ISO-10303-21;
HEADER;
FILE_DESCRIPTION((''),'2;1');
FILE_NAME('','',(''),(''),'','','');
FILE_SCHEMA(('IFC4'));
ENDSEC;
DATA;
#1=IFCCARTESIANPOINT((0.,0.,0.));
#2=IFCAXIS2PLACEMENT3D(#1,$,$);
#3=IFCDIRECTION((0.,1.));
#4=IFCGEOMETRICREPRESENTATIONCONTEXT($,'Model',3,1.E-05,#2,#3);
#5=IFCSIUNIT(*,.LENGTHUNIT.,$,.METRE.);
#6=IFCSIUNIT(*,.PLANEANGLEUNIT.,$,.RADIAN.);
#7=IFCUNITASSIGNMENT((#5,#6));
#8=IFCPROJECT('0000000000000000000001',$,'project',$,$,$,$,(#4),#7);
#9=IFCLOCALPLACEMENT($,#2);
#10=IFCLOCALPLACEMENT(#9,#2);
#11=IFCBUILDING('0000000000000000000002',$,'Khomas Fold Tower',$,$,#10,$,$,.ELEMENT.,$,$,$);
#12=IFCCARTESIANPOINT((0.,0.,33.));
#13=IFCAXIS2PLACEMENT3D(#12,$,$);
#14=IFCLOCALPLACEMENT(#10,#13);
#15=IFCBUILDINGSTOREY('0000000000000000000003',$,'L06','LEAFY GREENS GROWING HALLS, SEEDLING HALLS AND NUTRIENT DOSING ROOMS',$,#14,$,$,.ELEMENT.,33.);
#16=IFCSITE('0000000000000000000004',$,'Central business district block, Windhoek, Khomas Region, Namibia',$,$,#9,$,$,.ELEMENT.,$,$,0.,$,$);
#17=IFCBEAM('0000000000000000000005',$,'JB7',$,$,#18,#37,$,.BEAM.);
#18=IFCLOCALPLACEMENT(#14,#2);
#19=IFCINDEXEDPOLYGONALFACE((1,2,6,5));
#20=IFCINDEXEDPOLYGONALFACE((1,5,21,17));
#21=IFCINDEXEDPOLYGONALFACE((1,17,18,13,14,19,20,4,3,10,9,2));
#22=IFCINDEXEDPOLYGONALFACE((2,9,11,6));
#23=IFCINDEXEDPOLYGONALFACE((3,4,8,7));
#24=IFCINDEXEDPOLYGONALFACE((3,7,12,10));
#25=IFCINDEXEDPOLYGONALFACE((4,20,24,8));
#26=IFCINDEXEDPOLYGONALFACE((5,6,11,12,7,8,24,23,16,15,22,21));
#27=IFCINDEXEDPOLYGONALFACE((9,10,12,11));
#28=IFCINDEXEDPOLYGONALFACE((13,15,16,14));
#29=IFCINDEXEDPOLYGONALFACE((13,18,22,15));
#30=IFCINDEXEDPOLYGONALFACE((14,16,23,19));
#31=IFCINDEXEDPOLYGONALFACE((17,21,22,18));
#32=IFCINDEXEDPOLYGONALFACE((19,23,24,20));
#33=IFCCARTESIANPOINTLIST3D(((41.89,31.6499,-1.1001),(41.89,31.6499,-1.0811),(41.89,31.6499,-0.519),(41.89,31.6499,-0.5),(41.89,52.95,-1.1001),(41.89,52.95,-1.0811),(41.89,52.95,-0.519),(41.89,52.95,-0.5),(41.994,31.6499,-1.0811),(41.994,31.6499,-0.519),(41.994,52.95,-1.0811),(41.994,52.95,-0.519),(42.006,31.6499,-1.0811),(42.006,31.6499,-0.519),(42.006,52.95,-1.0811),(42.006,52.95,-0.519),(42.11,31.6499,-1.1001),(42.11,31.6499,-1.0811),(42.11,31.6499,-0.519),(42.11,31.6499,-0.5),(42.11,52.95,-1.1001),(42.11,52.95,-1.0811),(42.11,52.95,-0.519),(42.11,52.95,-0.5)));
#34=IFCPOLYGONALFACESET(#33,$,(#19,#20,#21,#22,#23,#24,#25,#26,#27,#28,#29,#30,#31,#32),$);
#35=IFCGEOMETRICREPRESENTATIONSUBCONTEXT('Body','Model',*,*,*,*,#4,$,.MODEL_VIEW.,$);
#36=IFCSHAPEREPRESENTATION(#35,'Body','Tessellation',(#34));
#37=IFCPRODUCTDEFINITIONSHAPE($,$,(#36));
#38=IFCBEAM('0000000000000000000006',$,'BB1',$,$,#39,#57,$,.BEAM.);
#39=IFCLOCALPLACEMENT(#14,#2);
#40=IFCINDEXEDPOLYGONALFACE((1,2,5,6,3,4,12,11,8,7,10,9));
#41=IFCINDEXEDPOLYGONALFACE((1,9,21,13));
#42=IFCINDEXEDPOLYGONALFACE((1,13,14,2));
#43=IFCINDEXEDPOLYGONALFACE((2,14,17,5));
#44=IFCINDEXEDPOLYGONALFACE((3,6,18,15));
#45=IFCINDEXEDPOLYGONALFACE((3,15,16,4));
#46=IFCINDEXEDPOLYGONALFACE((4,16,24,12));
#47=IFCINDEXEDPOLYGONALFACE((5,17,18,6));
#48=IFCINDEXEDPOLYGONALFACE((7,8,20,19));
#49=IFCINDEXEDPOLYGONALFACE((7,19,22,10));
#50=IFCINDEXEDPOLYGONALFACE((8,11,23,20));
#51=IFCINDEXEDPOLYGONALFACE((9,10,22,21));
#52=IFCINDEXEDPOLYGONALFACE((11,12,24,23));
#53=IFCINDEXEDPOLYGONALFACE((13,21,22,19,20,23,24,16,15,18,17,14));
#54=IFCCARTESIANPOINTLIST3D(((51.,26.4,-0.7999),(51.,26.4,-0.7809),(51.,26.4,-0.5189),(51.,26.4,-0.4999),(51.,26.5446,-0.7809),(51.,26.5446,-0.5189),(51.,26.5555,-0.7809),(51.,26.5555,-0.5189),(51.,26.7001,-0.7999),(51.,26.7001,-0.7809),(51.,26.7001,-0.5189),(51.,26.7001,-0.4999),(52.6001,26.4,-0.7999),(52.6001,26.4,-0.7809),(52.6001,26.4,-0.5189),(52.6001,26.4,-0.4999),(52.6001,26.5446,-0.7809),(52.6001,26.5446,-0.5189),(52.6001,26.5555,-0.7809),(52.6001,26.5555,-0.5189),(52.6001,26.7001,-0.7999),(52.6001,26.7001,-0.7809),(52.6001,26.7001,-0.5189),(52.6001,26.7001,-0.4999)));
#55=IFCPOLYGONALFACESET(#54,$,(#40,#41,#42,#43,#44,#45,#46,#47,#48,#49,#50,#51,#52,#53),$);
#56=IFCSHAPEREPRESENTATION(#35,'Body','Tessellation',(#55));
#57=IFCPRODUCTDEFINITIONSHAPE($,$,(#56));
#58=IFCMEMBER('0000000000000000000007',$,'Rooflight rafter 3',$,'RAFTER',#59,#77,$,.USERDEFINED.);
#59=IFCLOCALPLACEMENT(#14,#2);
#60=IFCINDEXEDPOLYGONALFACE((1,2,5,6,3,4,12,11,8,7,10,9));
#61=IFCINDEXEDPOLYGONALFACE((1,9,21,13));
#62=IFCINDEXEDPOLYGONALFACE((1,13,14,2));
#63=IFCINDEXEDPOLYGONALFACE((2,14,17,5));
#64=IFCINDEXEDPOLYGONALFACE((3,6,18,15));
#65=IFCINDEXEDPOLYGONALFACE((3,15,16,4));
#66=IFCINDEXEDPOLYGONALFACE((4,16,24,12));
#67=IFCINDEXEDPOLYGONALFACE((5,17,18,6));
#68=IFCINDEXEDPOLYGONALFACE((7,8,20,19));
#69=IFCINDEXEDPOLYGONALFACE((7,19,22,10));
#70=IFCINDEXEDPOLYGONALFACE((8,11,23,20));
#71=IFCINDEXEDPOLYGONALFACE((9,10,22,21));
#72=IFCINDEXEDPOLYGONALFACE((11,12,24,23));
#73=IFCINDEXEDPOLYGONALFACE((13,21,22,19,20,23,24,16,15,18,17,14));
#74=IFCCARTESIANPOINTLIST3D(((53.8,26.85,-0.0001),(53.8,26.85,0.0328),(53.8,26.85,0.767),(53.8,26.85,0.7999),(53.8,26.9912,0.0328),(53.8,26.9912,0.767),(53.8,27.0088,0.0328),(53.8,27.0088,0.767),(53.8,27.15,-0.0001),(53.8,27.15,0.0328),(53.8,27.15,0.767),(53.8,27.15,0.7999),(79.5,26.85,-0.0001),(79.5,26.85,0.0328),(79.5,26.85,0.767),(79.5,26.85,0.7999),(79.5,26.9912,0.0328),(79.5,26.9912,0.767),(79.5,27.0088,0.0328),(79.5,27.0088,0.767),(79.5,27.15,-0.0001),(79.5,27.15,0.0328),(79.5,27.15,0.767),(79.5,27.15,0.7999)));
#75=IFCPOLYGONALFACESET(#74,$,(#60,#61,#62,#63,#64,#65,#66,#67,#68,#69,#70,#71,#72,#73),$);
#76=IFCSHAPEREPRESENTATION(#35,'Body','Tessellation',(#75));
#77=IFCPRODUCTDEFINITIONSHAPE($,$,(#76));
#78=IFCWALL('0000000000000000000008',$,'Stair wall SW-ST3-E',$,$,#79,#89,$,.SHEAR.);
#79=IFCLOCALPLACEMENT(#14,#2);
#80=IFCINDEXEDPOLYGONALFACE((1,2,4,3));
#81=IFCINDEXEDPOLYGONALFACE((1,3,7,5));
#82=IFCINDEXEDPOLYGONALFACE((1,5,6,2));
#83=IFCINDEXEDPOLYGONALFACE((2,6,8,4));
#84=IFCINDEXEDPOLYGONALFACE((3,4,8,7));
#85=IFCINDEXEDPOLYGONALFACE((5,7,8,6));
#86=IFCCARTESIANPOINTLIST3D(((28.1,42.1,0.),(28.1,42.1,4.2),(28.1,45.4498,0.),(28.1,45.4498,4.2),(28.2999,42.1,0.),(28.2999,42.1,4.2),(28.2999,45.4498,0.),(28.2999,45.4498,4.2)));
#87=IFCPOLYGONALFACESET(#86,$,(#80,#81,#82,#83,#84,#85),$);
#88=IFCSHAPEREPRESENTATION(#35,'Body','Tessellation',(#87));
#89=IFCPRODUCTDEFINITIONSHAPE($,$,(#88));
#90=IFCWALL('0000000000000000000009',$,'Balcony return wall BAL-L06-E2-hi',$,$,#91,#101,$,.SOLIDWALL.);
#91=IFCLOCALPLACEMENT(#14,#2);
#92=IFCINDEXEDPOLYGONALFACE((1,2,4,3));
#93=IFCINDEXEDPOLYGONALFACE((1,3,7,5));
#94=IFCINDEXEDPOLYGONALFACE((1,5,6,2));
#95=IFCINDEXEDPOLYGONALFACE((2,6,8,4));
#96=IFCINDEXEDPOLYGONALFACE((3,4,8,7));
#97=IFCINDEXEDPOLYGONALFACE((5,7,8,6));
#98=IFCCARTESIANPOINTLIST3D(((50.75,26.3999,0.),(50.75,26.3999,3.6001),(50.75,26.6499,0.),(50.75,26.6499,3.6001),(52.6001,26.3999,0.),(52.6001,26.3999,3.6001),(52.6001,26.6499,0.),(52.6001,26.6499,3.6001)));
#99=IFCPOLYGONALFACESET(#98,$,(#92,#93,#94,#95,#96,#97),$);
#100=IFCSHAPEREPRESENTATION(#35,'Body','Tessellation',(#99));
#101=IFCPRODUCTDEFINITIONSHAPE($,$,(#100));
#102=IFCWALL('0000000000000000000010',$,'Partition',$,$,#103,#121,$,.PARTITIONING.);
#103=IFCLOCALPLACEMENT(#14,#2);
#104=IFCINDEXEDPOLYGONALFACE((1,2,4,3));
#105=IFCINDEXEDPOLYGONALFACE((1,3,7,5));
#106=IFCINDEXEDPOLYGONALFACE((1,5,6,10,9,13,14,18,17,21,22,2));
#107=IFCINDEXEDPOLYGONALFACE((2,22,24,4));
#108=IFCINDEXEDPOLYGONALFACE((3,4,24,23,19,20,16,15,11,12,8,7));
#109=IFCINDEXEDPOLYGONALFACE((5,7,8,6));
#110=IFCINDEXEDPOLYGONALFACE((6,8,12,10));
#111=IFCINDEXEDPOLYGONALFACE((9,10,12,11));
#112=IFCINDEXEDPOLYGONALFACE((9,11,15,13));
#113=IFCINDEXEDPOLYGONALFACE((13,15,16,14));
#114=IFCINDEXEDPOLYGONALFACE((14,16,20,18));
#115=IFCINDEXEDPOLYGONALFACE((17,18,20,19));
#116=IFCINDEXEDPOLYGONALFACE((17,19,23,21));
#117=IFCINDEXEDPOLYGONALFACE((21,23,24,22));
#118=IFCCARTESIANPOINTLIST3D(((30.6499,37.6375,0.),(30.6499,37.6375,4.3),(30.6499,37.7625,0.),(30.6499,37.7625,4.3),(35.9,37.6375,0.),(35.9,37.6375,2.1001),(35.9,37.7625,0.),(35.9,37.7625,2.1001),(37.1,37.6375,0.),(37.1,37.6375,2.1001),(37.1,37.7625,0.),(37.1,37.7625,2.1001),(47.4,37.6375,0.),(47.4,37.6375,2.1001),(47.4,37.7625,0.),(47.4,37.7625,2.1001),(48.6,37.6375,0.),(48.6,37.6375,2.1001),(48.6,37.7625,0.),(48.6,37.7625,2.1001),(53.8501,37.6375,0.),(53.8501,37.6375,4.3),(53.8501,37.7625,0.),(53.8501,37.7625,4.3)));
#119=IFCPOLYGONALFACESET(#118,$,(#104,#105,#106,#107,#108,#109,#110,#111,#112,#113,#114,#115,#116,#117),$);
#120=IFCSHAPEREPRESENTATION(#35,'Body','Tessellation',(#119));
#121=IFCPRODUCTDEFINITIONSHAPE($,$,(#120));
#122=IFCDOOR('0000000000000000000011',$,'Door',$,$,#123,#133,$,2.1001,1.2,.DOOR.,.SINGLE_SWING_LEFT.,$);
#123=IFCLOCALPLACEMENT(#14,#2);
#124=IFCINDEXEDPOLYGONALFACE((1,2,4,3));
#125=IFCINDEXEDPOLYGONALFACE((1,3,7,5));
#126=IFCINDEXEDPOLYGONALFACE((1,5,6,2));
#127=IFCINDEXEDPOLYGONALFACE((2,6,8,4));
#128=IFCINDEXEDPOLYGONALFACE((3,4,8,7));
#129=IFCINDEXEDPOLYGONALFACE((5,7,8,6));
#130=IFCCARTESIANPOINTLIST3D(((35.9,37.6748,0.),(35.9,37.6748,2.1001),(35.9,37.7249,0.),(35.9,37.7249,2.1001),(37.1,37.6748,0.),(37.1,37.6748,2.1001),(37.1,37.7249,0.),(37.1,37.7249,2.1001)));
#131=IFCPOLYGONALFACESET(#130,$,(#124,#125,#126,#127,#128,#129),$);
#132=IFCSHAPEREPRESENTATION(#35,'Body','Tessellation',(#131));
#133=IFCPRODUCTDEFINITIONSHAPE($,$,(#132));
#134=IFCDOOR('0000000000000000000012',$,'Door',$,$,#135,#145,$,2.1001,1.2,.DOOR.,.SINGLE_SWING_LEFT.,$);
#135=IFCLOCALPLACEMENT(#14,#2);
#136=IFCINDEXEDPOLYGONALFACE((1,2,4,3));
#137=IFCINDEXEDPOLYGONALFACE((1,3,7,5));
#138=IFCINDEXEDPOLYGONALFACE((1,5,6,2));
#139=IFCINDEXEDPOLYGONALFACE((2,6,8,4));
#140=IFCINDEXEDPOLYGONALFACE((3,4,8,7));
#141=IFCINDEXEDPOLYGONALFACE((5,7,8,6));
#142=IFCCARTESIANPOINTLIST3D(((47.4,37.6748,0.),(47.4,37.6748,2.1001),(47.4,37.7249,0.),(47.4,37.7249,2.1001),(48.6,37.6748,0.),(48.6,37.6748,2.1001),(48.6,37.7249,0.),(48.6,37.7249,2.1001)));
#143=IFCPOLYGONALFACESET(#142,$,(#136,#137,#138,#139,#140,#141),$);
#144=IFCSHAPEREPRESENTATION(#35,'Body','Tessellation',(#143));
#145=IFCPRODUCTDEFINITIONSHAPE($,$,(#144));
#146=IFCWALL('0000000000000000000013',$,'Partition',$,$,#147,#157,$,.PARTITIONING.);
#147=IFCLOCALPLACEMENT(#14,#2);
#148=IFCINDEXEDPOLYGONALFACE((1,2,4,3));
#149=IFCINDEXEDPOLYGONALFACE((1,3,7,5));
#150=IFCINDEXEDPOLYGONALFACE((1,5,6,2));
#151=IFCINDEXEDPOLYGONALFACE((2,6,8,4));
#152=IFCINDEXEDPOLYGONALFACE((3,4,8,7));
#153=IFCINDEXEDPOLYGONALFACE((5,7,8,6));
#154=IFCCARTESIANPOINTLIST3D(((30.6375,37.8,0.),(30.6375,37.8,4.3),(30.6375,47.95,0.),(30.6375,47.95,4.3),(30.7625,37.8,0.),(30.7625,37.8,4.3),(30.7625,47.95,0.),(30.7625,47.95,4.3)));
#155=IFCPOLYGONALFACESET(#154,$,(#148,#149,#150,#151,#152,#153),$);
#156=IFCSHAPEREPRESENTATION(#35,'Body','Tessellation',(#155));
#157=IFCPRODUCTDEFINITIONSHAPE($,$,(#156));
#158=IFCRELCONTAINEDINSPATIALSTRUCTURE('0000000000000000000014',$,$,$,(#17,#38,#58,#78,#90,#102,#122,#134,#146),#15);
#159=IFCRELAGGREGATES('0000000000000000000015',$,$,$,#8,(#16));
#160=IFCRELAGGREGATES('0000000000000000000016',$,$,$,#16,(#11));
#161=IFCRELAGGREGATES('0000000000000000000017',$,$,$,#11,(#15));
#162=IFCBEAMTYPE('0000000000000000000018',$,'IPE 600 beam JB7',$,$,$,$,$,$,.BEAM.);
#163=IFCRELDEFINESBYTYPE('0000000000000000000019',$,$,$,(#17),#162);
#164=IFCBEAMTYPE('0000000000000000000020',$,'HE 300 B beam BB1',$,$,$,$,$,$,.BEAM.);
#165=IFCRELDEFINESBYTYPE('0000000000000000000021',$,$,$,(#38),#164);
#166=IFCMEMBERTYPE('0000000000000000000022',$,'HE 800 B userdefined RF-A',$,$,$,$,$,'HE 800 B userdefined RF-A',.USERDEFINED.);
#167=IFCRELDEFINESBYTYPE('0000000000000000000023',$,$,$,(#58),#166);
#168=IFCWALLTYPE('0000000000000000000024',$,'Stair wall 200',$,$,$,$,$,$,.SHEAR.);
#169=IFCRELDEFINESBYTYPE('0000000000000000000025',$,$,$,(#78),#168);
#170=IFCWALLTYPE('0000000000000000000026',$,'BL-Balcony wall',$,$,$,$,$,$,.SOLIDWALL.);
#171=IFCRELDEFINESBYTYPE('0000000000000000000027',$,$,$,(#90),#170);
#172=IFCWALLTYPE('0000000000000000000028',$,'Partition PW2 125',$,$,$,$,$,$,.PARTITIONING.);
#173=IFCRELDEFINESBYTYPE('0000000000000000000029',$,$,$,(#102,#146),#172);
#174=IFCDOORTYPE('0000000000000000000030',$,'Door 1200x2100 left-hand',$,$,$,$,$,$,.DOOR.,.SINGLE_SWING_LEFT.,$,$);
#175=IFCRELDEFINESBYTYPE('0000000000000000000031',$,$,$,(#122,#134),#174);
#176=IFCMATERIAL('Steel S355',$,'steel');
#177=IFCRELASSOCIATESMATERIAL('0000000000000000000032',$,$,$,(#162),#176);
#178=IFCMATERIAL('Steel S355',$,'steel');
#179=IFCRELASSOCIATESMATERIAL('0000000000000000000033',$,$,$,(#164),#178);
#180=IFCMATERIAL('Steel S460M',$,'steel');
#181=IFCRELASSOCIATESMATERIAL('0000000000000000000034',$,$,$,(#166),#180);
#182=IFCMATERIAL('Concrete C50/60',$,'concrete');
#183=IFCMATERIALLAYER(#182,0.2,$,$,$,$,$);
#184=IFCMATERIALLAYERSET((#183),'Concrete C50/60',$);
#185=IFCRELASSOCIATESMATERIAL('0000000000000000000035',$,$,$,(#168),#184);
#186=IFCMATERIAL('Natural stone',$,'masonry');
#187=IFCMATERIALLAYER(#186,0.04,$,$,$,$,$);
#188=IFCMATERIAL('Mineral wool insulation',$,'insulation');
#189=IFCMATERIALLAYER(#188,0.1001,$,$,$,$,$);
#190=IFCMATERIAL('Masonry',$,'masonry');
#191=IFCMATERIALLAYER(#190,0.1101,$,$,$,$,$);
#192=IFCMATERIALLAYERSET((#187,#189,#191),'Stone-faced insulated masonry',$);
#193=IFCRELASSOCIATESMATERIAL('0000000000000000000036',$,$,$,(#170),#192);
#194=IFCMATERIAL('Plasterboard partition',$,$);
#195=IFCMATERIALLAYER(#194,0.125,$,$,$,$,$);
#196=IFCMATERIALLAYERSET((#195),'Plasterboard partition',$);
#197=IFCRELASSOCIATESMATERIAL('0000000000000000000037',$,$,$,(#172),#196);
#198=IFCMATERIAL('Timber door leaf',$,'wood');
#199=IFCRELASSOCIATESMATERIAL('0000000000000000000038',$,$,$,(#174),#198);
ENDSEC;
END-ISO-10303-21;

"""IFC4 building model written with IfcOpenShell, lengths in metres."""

from ifc_helpers import new_model, si_unit, direction, frame, frame_2d, origin, origin_2d, place, context, subcontext, project, spatial, rectangle, i_section, extrude, source, transform, mapped, material, layer, layer_set, material_profile, profile_set, type_object, element, fill, save


model = new_model("IFC4")

# Units and contexts
model_context = context("Model", 3, precision=1e-05, world=origin(), true_north=direction((0.0, 1.0)))
body_context = subcontext(model_context, "Body", "Model", "MODEL_VIEW")
ifc_project = project(units=[si_unit("LENGTHUNIT", "METRE"), si_unit("PLANEANGLEUNIT", "RADIAN")], contexts=[model_context])

# Site, building, storey
site_placement = place(None, origin())
site = spatial("IfcSite", under=ifc_project, at=site_placement, Name="Central business district block, Windhoek, Khomas Region, Namibia", CompositionType="ELEMENT", RefElevation=0.0)
building_placement = place(site_placement, origin())
building = spatial("IfcBuilding", under=site, at=building_placement, Name="Khomas Fold Tower", CompositionType="ELEMENT")
storey_placement = place(building_placement, frame((0.0, 0.0, 33.0)))
storey = spatial("IfcBuildingStorey", under=building, at=storey_placement, Name="L06", Description="LEAFY GREENS GROWING HALLS, SEEDLING HALLS AND NUTRIENT DOSING ROOMS", CompositionType="ELEMENT", Elevation=33.0)

# Beams
ifc_material_1 = material(Name="Steel S355", Category="steel")
ifc_material_profile_1 = material_profile(ifc_material_1, i_section(OverallWidth=0.22, OverallDepth=0.6001, WebThickness=0.012, FlangeThickness=0.019, at=origin_2d()), Name="IPE 600")
ifc_profile_set_1 = profile_set([ifc_material_profile_1], Name="Steel S355")
beam_type_1 = type_object("IfcBeamType", Name="IPE 600 beam JB7", PredefinedType="BEAM", material=ifc_profile_set_1)
shared_shape_1 = source(origin(), body_context, "Body", "SweptSolid", [
    extrude(i_section(OverallWidth=0.22, OverallDepth=0.6001, WebThickness=0.012, FlangeThickness=0.019, at=origin_2d()), origin(), (0.0, 0.0, 1.0), 21.3),
])
for number, where, z_axis, x_axis, name in (
    (1, (42.0, 31.6499, -0.8), (0.0, 1.0, 0.0), (-1.0, 0.0, 0.0), "JB7"),
):
    element("IfcBeam", number, at=place(storey_placement, frame(where, z_axis=z_axis, x_axis=x_axis)), inside=storey, type_object=beam_type_1, Name=name, PredefinedType="BEAM", context=body_context, shape_type="MappedRepresentation", body=[
        mapped(shared_shape_1, transform((0.0, 0.0, 0.0))),
    ])
ifc_material_2 = material(Name="Steel S355", Category="steel")
ifc_material_profile_2 = material_profile(ifc_material_2, i_section(OverallWidth=0.3, OverallDepth=0.3, WebThickness=0.011, FlangeThickness=0.019, at=origin_2d()), Name="HE 300 B")
ifc_profile_set_2 = profile_set([ifc_material_profile_2], Name="Steel S355")
beam_type_2 = type_object("IfcBeamType", Name="HE 300 B beam BB1", PredefinedType="BEAM", material=ifc_profile_set_2)
shared_shape_2 = source(origin(), body_context, "Body", "SweptSolid", [
    extrude(i_section(OverallWidth=0.3, OverallDepth=0.3, WebThickness=0.011, FlangeThickness=0.019, at=origin_2d()), origin(), (0.0, 0.0, 1.0), 1.6001),
])
beam_1_placement = place(storey_placement, frame((51.0, 26.55, -0.6499), z_axis=(1.0, 0.0, 0.0), x_axis=(0.0, 1.0, 0.0)))
element("IfcBeam", 2, at=beam_1_placement, inside=storey, type_object=beam_type_2, Name="BB1", PredefinedType="BEAM", context=body_context, shape_type="MappedRepresentation", body=[
    mapped(shared_shape_2, transform((0.0, 0.0, 0.0))),
])

# Member
ifc_material_3 = material(Name="Steel S460M", Category="steel")
ifc_material_profile_3 = material_profile(ifc_material_3, i_section(OverallWidth=0.3, OverallDepth=0.8, WebThickness=0.0176, FlangeThickness=0.033, at=origin_2d()), Name="HE 800 B")
ifc_profile_set_3 = profile_set([ifc_material_profile_3], Name="Steel S460M")
member_type = type_object("IfcMemberType", Name="HE 800 B userdefined RF-A", ElementType="HE 800 B userdefined RF-A", PredefinedType="USERDEFINED", material=ifc_profile_set_3)
shared_shape_3 = source(origin(), body_context, "Body", "SweptSolid", [
    extrude(i_section(OverallWidth=0.3, OverallDepth=0.8, WebThickness=0.0176, FlangeThickness=0.033, at=origin_2d()), origin(), (0.0, 0.0, 1.0), 25.7),
])
member_placement = place(storey_placement, frame((53.8, 27.0, 0.3999), z_axis=(1.0, 0.0, 0.0), x_axis=(0.0, 1.0, 0.0)))
element("IfcMember", 3, at=member_placement, inside=storey, type_object=member_type, Name="Rooflight rafter 3", ObjectType="RAFTER", PredefinedType="USERDEFINED", context=body_context, shape_type="MappedRepresentation", body=[
    mapped(shared_shape_3, transform((0.0, 0.0, 0.0))),
])

# Walls
ifc_material_4 = material(Name="Concrete C50/60", Category="concrete")
ifc_layer_1 = layer(ifc_material_4, 0.2)
ifc_layer_set_1 = layer_set([ifc_layer_1], Name="Concrete C50/60")
wall_type_1 = type_object("IfcWallType", Name="Stair wall 200", PredefinedType="SHEAR", material=ifc_layer_set_1)
shared_shape_4 = source(origin(), body_context, "Body", "SweptSolid", [
    extrude(rectangle(XDim=3.3499, YDim=0.2, at=frame_2d((1.6748, 0.0))), origin(), (0.0, 0.0, 1.0), 4.2),
])
wall_1_placement = place(storey_placement, frame((28.2, 42.1001, 0.0), z_axis=(0.0, 0.0, 1.0), x_axis=(0.0, 1.0, 0.0)))
element("IfcWall", 4, at=wall_1_placement, inside=storey, type_object=wall_type_1, Name="Stair wall SW-ST3-E", PredefinedType="SHEAR", context=body_context, shape_type="MappedRepresentation", body=[
    mapped(shared_shape_4, transform((0.0, 0.0, 0.0))),
])
ifc_material_5 = material(Name="Natural stone", Category="masonry")
ifc_layer_2 = layer(ifc_material_5, 0.04)
ifc_material_6 = material(Name="Mineral wool insulation", Category="insulation")
ifc_layer_3 = layer(ifc_material_6, 0.1001)
ifc_material_7 = material(Name="Masonry", Category="masonry")
ifc_layer_4 = layer(ifc_material_7, 0.1101)
ifc_layer_set_2 = layer_set([ifc_layer_2, ifc_layer_3, ifc_layer_4], Name="Stone-faced insulated masonry")
wall_type_2 = type_object("IfcWallType", Name="BL-Balcony wall", PredefinedType="SOLIDWALL", material=ifc_layer_set_2)
shared_shape_5 = source(origin(), body_context, "Body", "SweptSolid", [
    extrude(rectangle(XDim=1.8501, YDim=0.25, at=frame_2d((0.925, 0.0))), origin(), (0.0, 0.0, 1.0), 3.6001),
])
wall_2_placement = place(storey_placement, frame((52.6001, 26.5249, 0.0), z_axis=(0.0, 0.0, 1.0), x_axis=(-1.0, 0.0, 0.0)))
element("IfcWall", 5, at=wall_2_placement, inside=storey, type_object=wall_type_2, Name="Balcony return wall BAL-L06-E2-hi", PredefinedType="SOLIDWALL", context=body_context, shape_type="MappedRepresentation", body=[
    mapped(shared_shape_5, transform((0.0, 0.0, 0.0))),
])

# Wall, openings, doors
ifc_material_8 = material(Name="Plasterboard partition")
ifc_layer_5 = layer(ifc_material_8, 0.125)
ifc_layer_set_3 = layer_set([ifc_layer_5], Name="Plasterboard partition")
wall_type_3 = type_object("IfcWallType", Name="Partition PW2 125", PredefinedType="PARTITIONING", material=ifc_layer_set_3)
shared_shape_6 = source(origin(), body_context, "Body", "SweptSolid", [
    extrude(rectangle(XDim=23.2002, YDim=0.125, at=frame_2d((11.6001, 0.0))), origin(), (0.0, 0.0, 1.0), 4.3),
])
wall_3_placement = place(storey_placement, frame((30.6499, 37.7, 0.0), z_axis=(0.0, 0.0, 1.0), x_axis=(1.0, 0.0, 0.0)))
wall_3 = element("IfcWall", 6, at=wall_3_placement, inside=storey, type_object=wall_type_3, Name="Partition", PredefinedType="PARTITIONING", context=body_context, shape_type="MappedRepresentation", body=[
    mapped(shared_shape_6, transform((0.0, 0.0, 0.0))),
])
shared_shape_7 = source(origin(), body_context, "Body", "SweptSolid", [
    extrude(rectangle(XDim=1.2, YDim=2.1001, at=frame_2d((0.6001, 1.05))), frame((0.0, 0.0725, 0.0), z_axis=(0.0, -1.0, 0.0), x_axis=(1.0, 0.0, 0.0)), (0.0, 0.0, 1.0), 0.145),
])
opening_1_placement = place(wall_3_placement, frame((5.25, 0.0, 0.0)))
opening_1 = element("IfcOpeningElement", 7, at=opening_1_placement, cuts=wall_3, PredefinedType="OPENING", context=body_context, shape_type="MappedRepresentation", body=[
    mapped(shared_shape_7, transform((0.0, 0.0, 0.0))),
])
opening_2_placement = place(wall_3_placement, frame((16.75, 0.0, 0.0)))
opening_2 = element("IfcOpeningElement", 8, at=opening_2_placement, cuts=wall_3, PredefinedType="OPENING", context=body_context, shape_type="MappedRepresentation", body=[
    mapped(shared_shape_7, transform((0.0, 0.0, 0.0))),
])
ifc_material_9 = material(Name="Timber door leaf", Category="wood")
door_type = type_object("IfcDoorType", Name="Door 1200x2100 left-hand", OperationType="SINGLE_SWING_LEFT", PredefinedType="DOOR", material=ifc_material_9)
shared_shape_8 = source(origin(), body_context, "Body", "SweptSolid", [
    extrude(rectangle(XDim=1.2, YDim=2.1001, at=frame_2d((0.6001, 1.05))), frame((0.0, 0.0249, 0.0), z_axis=(0.0, -1.0, 0.0), x_axis=(1.0, 0.0, 0.0)), (0.0, 0.0, 1.0), 0.05),
])
door_1_placement = place(opening_1_placement, origin())
door_1 = element("IfcDoor", 9, at=door_1_placement, inside=storey, type_object=door_type, Name="Door", OperationType="SINGLE_SWING_LEFT", OverallHeight=2.1001, OverallWidth=1.2, PredefinedType="DOOR", context=body_context, shape_type="MappedRepresentation", body=[
    mapped(shared_shape_8, transform((0.0, 0.0, 0.0))),
])
fill(opening_1, door_1)
door_2_placement = place(opening_2_placement, origin())
door_2 = element("IfcDoor", 10, at=door_2_placement, inside=storey, type_object=door_type, Name="Door", OperationType="SINGLE_SWING_LEFT", OverallHeight=2.1001, OverallWidth=1.2, PredefinedType="DOOR", context=body_context, shape_type="MappedRepresentation", body=[
    mapped(shared_shape_8, transform((0.0, 0.0, 0.0))),
])
fill(opening_2, door_2)

# Wall
shared_shape_9 = source(origin(), body_context, "Body", "SweptSolid", [
    extrude(rectangle(XDim=10.1499, YDim=0.125, at=frame_2d((5.075, 0.0))), origin(), (0.0, 0.0, 1.0), 4.3),
])
wall_4_placement = place(storey_placement, frame((30.7, 37.8, 0.0), z_axis=(0.0, 0.0, 1.0), x_axis=(0.0, 1.0, 0.0)))
element("IfcWall", 11, at=wall_4_placement, inside=storey, type_object=wall_type_3, Name="Partition", PredefinedType="PARTITIONING", context=body_context, shape_type="MappedRepresentation", body=[
    mapped(shared_shape_9, transform((0.0, 0.0, 0.0))),
])

save(model, "model.ifc")
